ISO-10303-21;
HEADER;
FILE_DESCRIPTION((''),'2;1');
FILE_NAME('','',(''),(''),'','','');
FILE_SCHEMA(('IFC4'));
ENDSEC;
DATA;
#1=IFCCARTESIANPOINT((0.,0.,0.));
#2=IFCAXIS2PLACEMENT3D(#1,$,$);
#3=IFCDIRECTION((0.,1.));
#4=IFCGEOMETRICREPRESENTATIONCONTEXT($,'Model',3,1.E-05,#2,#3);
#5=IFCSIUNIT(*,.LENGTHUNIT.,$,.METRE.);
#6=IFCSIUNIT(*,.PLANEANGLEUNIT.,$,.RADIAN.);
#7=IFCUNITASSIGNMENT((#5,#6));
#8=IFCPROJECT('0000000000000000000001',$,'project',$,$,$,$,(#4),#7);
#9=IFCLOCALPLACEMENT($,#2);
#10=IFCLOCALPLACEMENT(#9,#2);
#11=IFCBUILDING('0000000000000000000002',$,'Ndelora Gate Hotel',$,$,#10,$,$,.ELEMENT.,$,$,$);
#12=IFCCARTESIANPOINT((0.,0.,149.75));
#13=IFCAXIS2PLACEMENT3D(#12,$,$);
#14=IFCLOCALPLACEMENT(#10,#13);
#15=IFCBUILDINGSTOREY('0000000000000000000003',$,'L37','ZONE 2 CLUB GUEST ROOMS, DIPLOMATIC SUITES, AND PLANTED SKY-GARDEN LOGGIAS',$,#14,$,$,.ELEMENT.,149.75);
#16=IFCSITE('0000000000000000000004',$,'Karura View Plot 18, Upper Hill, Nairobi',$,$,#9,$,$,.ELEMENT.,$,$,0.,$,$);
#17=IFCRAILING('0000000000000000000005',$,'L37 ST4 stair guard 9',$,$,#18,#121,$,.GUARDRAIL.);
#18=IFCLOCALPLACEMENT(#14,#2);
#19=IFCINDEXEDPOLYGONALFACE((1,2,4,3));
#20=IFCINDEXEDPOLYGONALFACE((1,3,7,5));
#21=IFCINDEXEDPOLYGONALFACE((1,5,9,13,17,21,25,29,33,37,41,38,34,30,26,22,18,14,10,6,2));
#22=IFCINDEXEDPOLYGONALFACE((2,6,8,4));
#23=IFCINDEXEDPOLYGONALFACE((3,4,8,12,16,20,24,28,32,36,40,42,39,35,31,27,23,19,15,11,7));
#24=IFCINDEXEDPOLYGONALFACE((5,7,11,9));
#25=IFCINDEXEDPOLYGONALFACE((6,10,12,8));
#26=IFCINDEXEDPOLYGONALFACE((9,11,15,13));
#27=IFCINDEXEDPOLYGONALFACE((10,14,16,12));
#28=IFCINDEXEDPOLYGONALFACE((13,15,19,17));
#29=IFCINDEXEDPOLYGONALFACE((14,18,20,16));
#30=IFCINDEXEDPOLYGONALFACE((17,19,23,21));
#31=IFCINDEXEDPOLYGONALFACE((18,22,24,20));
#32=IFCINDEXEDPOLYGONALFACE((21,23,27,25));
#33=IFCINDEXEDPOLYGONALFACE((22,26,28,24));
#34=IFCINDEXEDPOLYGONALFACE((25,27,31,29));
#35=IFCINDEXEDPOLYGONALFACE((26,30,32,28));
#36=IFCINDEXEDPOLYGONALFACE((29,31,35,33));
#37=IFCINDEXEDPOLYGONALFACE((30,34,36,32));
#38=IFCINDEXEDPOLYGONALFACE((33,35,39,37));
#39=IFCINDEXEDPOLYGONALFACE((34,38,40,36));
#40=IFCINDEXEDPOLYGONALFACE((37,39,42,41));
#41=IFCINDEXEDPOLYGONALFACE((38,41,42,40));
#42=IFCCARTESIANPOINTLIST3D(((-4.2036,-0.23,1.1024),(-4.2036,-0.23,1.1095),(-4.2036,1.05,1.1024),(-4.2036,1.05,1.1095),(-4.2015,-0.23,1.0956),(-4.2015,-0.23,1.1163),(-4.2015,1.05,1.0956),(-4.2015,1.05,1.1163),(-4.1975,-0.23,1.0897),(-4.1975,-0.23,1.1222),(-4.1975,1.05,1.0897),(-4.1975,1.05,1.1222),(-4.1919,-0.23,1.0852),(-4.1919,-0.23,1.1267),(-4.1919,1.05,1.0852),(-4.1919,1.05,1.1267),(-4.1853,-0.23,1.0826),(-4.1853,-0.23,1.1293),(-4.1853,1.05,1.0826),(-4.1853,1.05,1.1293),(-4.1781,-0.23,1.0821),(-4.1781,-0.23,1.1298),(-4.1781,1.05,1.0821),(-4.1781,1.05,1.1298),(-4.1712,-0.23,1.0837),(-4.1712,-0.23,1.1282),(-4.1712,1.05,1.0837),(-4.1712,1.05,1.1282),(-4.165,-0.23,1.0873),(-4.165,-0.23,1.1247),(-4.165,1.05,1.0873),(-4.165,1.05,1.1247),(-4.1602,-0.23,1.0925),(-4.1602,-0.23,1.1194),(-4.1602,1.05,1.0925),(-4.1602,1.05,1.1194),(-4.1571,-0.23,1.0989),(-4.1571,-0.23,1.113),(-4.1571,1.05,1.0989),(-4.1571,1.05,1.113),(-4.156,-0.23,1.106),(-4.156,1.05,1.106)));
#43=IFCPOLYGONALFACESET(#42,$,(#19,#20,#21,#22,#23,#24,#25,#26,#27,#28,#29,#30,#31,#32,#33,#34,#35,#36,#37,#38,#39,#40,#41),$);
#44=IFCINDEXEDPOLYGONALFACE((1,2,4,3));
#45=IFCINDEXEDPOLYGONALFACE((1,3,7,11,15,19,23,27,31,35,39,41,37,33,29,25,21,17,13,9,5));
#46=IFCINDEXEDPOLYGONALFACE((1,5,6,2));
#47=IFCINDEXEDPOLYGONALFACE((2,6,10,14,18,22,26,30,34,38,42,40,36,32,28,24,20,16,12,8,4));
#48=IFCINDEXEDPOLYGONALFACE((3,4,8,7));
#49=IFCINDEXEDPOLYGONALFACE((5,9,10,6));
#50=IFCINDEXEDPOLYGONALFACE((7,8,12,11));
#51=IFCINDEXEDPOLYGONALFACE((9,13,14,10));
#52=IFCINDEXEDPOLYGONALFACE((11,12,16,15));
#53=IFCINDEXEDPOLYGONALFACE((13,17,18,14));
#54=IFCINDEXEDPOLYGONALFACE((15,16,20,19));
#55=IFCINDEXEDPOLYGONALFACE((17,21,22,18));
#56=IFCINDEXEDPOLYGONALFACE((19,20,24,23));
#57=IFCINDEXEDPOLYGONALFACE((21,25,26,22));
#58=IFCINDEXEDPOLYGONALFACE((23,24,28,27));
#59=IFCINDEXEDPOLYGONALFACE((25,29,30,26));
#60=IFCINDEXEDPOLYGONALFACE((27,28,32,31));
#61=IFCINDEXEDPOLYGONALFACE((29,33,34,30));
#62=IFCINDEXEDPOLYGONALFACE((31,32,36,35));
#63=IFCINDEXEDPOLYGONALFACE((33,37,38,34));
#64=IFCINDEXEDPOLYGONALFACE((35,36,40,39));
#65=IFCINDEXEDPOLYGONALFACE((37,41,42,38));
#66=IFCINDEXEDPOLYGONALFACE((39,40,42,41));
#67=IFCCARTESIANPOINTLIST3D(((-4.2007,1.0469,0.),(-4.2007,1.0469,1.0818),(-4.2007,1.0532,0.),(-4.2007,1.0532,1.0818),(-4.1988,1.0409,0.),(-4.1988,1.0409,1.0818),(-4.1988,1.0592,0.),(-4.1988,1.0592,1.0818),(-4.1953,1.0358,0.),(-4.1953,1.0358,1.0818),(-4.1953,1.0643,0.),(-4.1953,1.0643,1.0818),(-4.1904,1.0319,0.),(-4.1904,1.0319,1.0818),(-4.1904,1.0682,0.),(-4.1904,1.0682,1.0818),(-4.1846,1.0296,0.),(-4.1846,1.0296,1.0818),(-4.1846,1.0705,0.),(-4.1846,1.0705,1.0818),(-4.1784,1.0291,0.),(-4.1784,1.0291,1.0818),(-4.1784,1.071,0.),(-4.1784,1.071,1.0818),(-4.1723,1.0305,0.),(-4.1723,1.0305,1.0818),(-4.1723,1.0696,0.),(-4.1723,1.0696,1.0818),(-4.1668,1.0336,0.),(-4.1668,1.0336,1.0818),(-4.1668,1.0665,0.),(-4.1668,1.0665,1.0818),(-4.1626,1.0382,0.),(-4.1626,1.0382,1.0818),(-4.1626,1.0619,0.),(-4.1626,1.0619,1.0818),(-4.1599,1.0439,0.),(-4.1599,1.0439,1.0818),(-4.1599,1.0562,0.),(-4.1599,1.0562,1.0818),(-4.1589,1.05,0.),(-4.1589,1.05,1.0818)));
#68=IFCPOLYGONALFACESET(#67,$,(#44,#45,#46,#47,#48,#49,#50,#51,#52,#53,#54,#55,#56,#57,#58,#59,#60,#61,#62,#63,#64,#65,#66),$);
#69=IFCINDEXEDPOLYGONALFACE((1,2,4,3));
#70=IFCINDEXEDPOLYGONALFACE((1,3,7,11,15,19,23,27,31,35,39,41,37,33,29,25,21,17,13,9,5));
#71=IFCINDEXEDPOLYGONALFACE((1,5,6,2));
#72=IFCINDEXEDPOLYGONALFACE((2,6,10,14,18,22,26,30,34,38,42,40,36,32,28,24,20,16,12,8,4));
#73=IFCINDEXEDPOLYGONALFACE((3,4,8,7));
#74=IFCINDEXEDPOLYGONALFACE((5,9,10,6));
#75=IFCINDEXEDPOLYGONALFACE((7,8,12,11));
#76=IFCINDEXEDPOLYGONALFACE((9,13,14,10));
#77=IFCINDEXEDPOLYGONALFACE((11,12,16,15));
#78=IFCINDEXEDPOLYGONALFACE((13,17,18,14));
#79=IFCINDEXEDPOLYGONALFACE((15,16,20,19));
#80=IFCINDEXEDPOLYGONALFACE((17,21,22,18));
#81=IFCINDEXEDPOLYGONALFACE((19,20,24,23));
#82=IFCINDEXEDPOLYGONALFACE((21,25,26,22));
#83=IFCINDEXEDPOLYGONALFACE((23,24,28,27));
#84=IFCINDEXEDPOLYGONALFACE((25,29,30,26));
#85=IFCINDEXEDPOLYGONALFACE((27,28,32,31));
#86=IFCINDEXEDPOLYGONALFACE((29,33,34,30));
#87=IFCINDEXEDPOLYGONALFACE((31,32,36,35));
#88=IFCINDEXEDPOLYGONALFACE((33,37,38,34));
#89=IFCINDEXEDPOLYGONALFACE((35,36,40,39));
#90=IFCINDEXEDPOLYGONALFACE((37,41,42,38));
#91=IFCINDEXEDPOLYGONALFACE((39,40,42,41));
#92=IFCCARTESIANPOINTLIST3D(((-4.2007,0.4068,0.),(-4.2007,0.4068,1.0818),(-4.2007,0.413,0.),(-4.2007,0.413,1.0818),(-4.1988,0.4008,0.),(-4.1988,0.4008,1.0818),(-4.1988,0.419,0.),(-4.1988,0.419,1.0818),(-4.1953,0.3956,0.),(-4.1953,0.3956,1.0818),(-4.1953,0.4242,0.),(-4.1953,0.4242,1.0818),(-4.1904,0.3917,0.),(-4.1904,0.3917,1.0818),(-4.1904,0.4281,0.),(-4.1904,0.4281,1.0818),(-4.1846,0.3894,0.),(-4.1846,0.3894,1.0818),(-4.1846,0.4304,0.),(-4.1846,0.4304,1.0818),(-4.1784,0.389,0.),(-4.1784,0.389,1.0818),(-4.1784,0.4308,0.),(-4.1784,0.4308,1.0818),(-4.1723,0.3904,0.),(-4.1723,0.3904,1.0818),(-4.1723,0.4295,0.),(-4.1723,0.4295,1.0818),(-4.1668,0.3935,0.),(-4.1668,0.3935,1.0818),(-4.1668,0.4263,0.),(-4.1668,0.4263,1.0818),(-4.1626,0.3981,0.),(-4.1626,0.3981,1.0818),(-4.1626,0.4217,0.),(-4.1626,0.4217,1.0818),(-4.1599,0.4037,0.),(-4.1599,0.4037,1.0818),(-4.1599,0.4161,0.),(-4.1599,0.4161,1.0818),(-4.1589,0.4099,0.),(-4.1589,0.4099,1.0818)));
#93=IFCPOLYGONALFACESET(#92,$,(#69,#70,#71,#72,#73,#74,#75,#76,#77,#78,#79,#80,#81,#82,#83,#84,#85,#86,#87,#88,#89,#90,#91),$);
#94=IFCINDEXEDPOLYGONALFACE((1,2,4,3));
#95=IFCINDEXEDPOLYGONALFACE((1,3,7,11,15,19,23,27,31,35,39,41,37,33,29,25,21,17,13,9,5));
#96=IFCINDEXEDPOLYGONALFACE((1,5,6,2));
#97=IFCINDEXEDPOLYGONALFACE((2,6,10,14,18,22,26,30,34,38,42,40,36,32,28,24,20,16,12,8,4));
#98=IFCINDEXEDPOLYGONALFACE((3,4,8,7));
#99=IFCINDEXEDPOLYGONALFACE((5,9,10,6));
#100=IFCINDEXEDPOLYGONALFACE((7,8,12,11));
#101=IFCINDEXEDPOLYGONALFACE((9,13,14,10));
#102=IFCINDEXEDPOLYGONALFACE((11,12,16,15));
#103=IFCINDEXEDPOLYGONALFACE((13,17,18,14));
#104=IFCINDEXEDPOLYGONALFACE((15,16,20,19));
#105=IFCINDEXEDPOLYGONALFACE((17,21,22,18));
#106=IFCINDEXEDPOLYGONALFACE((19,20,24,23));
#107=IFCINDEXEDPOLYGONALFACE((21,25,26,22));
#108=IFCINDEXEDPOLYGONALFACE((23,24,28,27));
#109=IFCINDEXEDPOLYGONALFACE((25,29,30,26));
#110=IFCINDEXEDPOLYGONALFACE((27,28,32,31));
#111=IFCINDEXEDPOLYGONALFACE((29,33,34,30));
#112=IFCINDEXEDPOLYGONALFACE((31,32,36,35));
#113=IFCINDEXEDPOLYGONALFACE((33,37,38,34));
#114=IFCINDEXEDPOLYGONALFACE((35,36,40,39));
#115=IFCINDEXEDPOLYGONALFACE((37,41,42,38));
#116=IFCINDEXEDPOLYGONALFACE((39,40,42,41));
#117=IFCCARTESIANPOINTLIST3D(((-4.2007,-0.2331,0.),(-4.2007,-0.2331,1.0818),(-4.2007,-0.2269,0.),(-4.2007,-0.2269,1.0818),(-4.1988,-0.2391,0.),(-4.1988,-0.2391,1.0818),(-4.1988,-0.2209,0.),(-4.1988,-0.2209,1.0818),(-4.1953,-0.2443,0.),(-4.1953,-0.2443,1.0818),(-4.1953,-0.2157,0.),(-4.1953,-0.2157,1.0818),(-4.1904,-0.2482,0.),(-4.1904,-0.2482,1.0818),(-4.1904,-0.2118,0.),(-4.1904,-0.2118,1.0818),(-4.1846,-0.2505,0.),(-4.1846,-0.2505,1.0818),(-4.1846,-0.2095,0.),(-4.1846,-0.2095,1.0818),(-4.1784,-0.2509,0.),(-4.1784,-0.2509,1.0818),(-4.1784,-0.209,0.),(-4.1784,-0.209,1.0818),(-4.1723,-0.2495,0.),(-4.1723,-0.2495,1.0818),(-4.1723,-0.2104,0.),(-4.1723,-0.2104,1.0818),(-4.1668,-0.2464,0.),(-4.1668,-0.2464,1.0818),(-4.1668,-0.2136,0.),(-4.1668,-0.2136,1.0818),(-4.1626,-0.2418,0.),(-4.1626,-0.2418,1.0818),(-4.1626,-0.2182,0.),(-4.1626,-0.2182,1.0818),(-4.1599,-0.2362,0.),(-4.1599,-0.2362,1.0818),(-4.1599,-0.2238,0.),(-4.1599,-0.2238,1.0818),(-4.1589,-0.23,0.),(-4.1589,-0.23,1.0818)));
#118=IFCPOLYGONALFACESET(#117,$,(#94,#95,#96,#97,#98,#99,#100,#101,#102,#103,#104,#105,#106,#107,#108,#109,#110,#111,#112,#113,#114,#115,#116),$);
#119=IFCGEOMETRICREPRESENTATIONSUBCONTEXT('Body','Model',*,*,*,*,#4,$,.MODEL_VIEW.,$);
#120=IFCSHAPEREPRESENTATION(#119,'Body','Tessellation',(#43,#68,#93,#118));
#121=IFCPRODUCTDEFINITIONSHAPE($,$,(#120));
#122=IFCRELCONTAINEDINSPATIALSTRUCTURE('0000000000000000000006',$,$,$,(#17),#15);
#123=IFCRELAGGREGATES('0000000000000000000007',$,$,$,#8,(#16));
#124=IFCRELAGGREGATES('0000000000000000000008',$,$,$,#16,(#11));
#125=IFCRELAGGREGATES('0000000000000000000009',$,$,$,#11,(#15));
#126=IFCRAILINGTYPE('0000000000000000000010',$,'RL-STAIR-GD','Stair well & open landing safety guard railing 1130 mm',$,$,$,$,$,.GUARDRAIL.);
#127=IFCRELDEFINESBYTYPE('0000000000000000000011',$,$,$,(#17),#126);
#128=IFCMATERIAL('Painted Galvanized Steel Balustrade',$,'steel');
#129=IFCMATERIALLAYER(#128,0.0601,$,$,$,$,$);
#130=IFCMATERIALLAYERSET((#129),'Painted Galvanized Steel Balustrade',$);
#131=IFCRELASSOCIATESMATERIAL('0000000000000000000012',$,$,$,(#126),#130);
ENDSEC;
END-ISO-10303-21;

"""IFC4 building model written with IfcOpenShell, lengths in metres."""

from ifc_helpers import new_model, si_unit, direction, frame, origin, origin_2d, place, context, subcontext, project, spatial, circle, extrude, material, layer, layer_set, type_object, element, save


model = new_model("IFC4")

# Units and contexts
model_context = context("Model", 3, precision=1e-05, world=origin(), true_north=direction((0.0, 1.0)))
body_context = subcontext(model_context, "Body", "Model", "MODEL_VIEW")
ifc_project = project(units=[si_unit("LENGTHUNIT", "METRE"), si_unit("PLANEANGLEUNIT", "RADIAN")], contexts=[model_context])

# Site, building, storey
site_placement = place(None, origin())
site = spatial("IfcSite", under=ifc_project, at=site_placement, Name="Karura View Plot 18, Upper Hill, Nairobi", CompositionType="ELEMENT", RefElevation=0.0)
building_placement = place(site_placement, origin())
building = spatial("IfcBuilding", under=site, at=building_placement, Name="Ndelora Gate Hotel", CompositionType="ELEMENT")
storey_placement = place(building_placement, frame((0.0, 0.0, 149.75)))
storey = spatial("IfcBuildingStorey", under=building, at=storey_placement, Name="L37", Description="ZONE 2 CLUB GUEST ROOMS, DIPLOMATIC SUITES, AND PLANTED SKY-GARDEN LOGGIAS", CompositionType="ELEMENT", Elevation=149.75)

# Railing
ifc_material_1 = material(Name="Painted Galvanized Steel Balustrade", Category="steel")
ifc_layer_1 = layer(ifc_material_1, 0.0601)
ifc_layer_set_1 = layer_set([ifc_layer_1], Name="Painted Galvanized Steel Balustrade")
railing_type_1 = type_object("IfcRailingType", Name="RL-STAIR-GD", Description="Stair well & open landing safety guard railing 1130 mm", PredefinedType="GUARDRAIL", material=ifc_layer_set_1)
for number, where, name in (
    (1, (-4.1799, 1.05, 0.0), "L37 ST4 stair guard 9"),
):
    element("IfcRailing", number, at=place(storey_placement, frame(where)), inside=storey, type_object=railing_type_1, Name=name, PredefinedType="GUARDRAIL", context=body_context, shape_type="SweptSolid", body=[
        extrude(circle(Radius=0.0239, at=origin_2d()), frame((0.0, 0.0, 1.106), z_axis=(0.0, -1.0, 0.0), x_axis=(1.0, 0.0, 0.0)), (0.0, 0.0, 1.0), 1.28),
        extrude(circle(Radius=0.021, at=origin_2d()), origin(), (0.0, 0.0, 1.0), 1.0818),
        extrude(circle(Radius=0.021, at=origin_2d()), frame((0.0, -0.6401, 0.0)), (0.0, 0.0, 1.0), 1.0818),
        extrude(circle(Radius=0.021, at=origin_2d()), frame((0.0, -1.28, 0.0)), (0.0, 0.0, 1.0), 1.0818),
    ])

save(model, "model.ifc")
